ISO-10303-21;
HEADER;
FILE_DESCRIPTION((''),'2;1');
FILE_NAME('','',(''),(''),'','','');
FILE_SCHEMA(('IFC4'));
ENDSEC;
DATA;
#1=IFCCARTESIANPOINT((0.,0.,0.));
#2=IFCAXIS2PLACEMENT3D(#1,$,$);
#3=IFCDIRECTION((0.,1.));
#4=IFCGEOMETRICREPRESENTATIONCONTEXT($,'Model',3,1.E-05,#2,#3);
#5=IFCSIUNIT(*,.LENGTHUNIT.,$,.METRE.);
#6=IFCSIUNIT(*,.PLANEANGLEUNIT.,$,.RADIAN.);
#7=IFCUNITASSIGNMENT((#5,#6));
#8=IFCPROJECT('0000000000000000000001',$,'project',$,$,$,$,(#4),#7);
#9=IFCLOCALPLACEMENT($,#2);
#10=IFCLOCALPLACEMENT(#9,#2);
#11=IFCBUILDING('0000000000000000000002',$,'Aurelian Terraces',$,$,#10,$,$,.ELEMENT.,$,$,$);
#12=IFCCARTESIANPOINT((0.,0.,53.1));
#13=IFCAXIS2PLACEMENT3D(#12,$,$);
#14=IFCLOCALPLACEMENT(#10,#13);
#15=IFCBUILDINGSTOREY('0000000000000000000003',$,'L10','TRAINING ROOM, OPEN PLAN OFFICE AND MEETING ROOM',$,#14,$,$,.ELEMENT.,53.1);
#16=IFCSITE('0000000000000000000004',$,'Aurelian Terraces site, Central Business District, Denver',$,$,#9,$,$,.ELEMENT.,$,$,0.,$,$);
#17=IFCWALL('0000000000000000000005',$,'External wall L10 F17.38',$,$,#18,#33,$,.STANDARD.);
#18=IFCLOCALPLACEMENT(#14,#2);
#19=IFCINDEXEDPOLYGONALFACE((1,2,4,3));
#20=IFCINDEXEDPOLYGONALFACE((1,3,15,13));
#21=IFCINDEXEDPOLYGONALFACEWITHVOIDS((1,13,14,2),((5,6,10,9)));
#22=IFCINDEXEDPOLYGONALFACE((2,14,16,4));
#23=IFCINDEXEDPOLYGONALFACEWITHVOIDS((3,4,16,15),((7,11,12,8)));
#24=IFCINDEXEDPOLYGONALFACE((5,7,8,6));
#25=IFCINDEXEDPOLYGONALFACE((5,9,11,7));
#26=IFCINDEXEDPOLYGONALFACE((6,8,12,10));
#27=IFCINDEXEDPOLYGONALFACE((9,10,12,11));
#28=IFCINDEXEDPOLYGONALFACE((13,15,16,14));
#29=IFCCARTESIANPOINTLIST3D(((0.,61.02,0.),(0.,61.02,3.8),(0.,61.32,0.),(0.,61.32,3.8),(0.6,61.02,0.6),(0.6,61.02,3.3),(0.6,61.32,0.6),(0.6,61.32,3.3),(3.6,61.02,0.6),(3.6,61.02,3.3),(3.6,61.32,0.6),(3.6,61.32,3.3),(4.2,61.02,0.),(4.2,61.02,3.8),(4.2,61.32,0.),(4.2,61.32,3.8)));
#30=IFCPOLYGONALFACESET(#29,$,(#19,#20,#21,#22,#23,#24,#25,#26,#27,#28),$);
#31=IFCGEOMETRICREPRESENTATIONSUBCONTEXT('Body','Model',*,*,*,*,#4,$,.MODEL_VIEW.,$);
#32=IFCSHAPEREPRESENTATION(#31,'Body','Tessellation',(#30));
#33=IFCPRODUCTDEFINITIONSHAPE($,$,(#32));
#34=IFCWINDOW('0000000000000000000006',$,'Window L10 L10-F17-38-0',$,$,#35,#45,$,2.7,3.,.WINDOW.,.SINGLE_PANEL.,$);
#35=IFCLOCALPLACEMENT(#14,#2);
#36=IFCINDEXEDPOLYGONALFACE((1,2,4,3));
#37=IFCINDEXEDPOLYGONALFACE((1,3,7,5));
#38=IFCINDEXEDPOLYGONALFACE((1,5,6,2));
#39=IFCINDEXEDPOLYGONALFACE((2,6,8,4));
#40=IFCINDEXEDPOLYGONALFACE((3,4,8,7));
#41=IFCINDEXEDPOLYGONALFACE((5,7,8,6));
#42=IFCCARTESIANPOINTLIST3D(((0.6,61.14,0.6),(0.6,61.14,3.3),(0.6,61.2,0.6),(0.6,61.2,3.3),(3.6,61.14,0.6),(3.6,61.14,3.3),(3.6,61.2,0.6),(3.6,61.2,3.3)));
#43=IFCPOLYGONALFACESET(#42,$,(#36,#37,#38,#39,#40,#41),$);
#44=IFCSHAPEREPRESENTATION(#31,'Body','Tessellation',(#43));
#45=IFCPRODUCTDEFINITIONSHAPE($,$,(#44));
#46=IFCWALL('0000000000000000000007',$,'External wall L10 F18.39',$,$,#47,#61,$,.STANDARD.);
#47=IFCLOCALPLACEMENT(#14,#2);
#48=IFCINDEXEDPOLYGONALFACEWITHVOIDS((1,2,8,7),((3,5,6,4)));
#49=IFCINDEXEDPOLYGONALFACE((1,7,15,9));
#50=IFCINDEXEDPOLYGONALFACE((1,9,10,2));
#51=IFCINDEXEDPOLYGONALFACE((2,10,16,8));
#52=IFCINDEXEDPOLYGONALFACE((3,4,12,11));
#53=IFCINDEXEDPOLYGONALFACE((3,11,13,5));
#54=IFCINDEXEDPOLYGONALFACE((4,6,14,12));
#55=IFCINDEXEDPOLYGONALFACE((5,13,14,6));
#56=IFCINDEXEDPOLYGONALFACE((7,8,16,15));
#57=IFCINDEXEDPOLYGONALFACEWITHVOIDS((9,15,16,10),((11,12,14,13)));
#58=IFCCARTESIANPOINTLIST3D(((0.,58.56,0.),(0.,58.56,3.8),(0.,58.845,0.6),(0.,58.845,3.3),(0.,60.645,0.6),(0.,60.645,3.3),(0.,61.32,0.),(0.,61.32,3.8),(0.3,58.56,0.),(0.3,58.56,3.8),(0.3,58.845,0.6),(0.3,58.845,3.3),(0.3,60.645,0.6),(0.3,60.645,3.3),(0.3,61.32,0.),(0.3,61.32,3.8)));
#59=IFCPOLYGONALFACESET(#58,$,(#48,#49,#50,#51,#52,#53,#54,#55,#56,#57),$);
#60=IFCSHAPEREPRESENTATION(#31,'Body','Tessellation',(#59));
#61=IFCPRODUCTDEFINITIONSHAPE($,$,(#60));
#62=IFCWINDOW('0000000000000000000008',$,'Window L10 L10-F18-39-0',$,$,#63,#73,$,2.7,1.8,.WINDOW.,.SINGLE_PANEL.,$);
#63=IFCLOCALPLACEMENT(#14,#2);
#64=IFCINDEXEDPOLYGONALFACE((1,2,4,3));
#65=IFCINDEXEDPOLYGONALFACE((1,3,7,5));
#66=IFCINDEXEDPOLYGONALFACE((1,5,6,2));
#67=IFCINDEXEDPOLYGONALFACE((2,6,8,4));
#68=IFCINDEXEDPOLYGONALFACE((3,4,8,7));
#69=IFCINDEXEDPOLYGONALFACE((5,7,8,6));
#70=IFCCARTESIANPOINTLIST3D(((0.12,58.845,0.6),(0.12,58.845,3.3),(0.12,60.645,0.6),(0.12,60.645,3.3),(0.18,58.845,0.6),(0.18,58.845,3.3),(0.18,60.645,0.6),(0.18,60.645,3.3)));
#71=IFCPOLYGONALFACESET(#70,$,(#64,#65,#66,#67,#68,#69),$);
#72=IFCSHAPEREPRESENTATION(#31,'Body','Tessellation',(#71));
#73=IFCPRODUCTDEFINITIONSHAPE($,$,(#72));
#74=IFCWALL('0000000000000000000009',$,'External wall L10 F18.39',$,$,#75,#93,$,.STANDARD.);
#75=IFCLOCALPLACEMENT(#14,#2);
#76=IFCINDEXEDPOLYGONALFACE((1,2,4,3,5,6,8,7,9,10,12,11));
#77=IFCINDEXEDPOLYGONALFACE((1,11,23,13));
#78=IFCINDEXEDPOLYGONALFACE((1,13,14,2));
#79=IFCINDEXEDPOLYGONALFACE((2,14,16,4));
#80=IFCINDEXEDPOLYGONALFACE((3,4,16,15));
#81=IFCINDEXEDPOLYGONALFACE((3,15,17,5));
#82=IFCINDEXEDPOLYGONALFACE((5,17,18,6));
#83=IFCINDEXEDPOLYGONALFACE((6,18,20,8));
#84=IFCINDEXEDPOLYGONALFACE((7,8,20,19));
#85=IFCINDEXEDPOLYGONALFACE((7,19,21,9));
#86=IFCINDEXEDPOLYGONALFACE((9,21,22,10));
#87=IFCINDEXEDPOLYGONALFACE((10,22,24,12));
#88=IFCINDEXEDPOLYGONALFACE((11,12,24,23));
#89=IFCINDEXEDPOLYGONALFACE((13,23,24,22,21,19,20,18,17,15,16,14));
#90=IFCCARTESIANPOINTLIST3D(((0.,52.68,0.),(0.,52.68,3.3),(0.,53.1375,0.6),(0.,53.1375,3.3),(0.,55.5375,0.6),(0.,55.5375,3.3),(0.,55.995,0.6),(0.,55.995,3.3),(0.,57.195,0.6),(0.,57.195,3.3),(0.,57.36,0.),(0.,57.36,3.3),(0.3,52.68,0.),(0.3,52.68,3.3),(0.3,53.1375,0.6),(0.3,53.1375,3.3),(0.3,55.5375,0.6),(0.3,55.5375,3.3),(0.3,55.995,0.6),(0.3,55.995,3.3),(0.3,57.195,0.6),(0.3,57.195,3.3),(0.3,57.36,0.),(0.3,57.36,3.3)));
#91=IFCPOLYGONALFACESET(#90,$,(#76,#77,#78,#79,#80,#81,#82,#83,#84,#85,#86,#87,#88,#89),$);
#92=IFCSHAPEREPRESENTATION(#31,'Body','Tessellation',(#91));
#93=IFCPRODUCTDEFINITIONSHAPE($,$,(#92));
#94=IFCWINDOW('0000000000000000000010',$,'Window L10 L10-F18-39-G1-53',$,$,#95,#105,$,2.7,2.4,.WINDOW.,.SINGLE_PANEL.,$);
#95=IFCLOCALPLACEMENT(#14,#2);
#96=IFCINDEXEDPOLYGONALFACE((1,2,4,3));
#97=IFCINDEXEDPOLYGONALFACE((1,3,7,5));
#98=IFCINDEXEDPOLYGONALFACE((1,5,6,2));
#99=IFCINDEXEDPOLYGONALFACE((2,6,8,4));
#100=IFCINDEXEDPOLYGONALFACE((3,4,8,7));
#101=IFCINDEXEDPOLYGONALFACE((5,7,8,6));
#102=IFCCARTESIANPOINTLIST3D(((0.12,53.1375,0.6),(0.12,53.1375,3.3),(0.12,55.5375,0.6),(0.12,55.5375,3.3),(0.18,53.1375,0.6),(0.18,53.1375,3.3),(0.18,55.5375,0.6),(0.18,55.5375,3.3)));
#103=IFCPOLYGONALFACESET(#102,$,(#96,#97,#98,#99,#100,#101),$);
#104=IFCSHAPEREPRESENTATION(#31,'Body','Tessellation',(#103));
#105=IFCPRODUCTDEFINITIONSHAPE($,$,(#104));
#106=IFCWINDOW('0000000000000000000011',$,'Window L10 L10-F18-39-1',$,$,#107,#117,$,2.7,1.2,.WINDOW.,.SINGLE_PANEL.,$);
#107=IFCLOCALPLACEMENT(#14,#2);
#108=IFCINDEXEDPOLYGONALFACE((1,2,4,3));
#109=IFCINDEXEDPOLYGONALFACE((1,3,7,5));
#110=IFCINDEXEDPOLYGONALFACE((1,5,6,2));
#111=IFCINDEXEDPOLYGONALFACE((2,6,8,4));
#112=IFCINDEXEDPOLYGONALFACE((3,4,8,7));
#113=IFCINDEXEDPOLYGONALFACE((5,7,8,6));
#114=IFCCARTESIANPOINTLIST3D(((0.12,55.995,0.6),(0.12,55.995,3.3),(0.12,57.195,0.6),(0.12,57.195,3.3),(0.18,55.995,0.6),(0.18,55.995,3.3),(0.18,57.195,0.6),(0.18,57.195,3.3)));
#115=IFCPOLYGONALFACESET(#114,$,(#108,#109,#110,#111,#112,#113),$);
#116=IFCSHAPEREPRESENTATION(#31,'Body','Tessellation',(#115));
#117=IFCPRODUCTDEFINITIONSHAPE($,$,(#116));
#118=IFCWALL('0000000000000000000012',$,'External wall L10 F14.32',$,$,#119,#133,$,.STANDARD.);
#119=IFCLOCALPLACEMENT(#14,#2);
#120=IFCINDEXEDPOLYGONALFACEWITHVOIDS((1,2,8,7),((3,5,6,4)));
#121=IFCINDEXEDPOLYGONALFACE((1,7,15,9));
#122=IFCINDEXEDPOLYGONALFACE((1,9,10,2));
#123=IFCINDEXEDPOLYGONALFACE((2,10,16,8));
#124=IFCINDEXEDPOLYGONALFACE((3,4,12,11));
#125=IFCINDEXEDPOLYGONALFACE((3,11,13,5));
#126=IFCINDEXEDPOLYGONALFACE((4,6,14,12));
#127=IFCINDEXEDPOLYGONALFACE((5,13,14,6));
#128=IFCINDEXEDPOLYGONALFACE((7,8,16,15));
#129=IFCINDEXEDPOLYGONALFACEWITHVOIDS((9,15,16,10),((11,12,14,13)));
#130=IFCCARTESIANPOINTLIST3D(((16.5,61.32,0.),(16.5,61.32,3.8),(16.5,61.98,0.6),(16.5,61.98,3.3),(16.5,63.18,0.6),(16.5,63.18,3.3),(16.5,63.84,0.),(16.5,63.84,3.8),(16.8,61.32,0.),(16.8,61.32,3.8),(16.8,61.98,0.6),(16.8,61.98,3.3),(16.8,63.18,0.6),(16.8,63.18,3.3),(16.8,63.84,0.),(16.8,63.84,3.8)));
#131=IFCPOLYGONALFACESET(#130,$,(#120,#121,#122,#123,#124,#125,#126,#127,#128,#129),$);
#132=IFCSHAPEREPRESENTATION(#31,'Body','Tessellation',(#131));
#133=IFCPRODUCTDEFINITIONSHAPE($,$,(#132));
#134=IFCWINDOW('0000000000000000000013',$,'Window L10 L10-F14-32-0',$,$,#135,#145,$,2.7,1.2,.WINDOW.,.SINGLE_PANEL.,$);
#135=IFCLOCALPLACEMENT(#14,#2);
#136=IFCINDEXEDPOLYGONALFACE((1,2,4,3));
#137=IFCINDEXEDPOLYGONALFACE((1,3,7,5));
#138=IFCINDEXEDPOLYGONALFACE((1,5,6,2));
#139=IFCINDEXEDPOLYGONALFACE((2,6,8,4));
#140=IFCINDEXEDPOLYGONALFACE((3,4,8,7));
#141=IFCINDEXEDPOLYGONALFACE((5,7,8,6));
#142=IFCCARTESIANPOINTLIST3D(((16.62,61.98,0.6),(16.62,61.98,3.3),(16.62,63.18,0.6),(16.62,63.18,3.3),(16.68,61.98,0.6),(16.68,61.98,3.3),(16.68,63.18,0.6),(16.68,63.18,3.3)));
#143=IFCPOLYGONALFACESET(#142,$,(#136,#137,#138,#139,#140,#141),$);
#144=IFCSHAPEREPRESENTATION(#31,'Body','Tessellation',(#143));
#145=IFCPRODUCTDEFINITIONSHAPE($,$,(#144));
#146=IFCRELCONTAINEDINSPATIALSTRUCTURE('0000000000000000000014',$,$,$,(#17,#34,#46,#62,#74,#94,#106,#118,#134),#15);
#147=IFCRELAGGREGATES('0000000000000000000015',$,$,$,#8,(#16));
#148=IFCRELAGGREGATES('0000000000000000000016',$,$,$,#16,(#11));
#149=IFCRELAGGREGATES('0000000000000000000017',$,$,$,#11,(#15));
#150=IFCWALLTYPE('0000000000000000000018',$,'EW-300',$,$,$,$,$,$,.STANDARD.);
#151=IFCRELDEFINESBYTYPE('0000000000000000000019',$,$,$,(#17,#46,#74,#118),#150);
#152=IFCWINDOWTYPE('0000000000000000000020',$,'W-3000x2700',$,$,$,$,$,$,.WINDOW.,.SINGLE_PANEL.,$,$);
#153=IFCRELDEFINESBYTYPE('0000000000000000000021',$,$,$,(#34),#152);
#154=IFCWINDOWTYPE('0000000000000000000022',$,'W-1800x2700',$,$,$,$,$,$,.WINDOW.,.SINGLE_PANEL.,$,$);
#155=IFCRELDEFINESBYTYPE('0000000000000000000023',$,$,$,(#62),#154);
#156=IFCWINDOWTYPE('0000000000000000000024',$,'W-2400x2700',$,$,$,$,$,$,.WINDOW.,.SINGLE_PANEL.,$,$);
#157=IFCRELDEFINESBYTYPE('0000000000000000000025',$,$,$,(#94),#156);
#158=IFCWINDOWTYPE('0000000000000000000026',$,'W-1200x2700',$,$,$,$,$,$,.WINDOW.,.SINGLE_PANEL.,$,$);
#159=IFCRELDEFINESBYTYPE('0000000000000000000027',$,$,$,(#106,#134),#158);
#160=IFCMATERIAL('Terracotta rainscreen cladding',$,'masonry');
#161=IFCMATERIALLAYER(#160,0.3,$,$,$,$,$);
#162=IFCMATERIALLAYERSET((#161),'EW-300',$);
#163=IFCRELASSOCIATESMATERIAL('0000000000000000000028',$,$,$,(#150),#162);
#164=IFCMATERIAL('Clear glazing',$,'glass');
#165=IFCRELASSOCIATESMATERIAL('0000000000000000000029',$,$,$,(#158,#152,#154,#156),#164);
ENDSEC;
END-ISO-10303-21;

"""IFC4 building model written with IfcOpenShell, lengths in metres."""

from ifc_helpers import new_model, si_unit, direction, frame, frame_2d, origin, place, context, subcontext, project, spatial, rectangle, extrude, source, transform, mapped, material, layer, layer_set, type_object, element, fill, save


model = new_model("IFC4")

# Units and contexts
model_context = context("Model", 3, precision=1e-05, world=origin(), true_north=direction((0.0, 1.0)))
body_context = subcontext(model_context, "Body", "Model", "MODEL_VIEW")
ifc_project = project(units=[si_unit("LENGTHUNIT", "METRE"), si_unit("PLANEANGLEUNIT", "RADIAN")], contexts=[model_context])

# Site, building, storey
site_placement = place(None, origin())
site = spatial("IfcSite", under=ifc_project, at=site_placement, Name="Aurelian Terraces site, Central Business District, Denver", CompositionType="ELEMENT", RefElevation=0.0)
building_placement = place(site_placement, origin())
building = spatial("IfcBuilding", under=site, at=building_placement, Name="Aurelian Terraces", CompositionType="ELEMENT")
storey_placement = place(building_placement, frame((0.0, 0.0, 53.1)))
storey = spatial("IfcBuildingStorey", under=building, at=storey_placement, Name="L10", Description="TRAINING ROOM, OPEN PLAN OFFICE AND MEETING ROOM", CompositionType="ELEMENT", Elevation=53.1)

# Shared definitions
ifc_material_1 = material(Name="Terracotta rainscreen cladding", Category="masonry")
ifc_layer_1 = layer(ifc_material_1, 0.3)
ifc_layer_set_1 = layer_set([ifc_layer_1], Name="EW-300")
wall_type_1 = type_object("IfcWallType", Name="EW-300", PredefinedType="STANDARD", material=ifc_layer_set_1)

# Walls, openings, windows
shared_shape_1 = source(origin(), body_context, "Body", "SweptSolid", [
    extrude(rectangle(XDim=1.2, YDim=2.7, at=frame_2d((0.6, 1.35))), frame((0.0, 0.16, 0.0), z_axis=(0.0, -1.0, 0.0), x_axis=(1.0, 0.0, 0.0)), (0.0, 0.0, 1.0), 0.32),
])
ifc_material_2 = material(Name="Clear glazing", Category="glass")
window_type_1 = type_object("IfcWindowType", Name="W-1200x2700", PartitioningType="SINGLE_PANEL", PredefinedType="WINDOW", material=ifc_material_2)
shared_shape_2 = source(origin(), body_context, "Body", "SweptSolid", [
    extrude(rectangle(XDim=1.2, YDim=2.7, at=frame_2d((0.6, 1.35))), frame((0.0, 0.03, 0.0), z_axis=(0.0, -1.0, 0.0), x_axis=(1.0, 0.0, 0.0)), (0.0, 0.0, 1.0), 0.06),
])
shared_shape_3 = source(origin(), body_context, "Body", "SweptSolid", [
    extrude(rectangle(XDim=4.2, YDim=0.3, at=frame_2d((2.1, 0.0))), origin(), (0.0, 0.0, 1.0), 3.8),
])
wall_1_placement = place(storey_placement, frame((4.2, 61.17, 0.0), z_axis=(0.0, 0.0, 1.0), x_axis=(-1.0, 0.0, 0.0)))
wall_1 = element("IfcWall", 1, at=wall_1_placement, inside=storey, type_object=wall_type_1, Name="External wall L10 F17.38", PredefinedType="STANDARD", context=body_context, shape_type="MappedRepresentation", body=[
    mapped(shared_shape_3, transform((0.0, 0.0, 0.0), scale=1.0)),
])
shared_shape_4 = source(origin(), body_context, "Body", "SweptSolid", [
    extrude(rectangle(XDim=3.0, YDim=2.7, at=frame_2d((1.5, 1.35))), frame((0.0, 0.16, 0.0), z_axis=(0.0, -1.0, 0.0), x_axis=(1.0, 0.0, 0.0)), (0.0, 0.0, 1.0), 0.32),
])
opening_1_placement = place(wall_1_placement, frame((0.6, 0.0, 0.6)))
opening_1 = element("IfcOpeningElement", 2, at=opening_1_placement, cuts=wall_1, PredefinedType="OPENING", context=body_context, shape_type="MappedRepresentation", body=[
    mapped(shared_shape_4, transform((0.0, 0.0, 0.0), scale=1.0)),
])
window_type_2 = type_object("IfcWindowType", Name="W-3000x2700", PartitioningType="SINGLE_PANEL", PredefinedType="WINDOW", material=ifc_material_2)
shared_shape_5 = source(origin(), body_context, "Body", "SweptSolid", [
    extrude(rectangle(XDim=3.0, YDim=2.7, at=frame_2d((1.5, 1.35))), frame((0.0, 0.03, 0.0), z_axis=(0.0, -1.0, 0.0), x_axis=(1.0, 0.0, 0.0)), (0.0, 0.0, 1.0), 0.06),
])
window_1_placement = place(opening_1_placement, origin())
window_1 = element("IfcWindow", 3, at=window_1_placement, inside=storey, type_object=window_type_2, Name="Window L10 L10-F17-38-0", OverallHeight=2.7, OverallWidth=3.0, PartitioningType="SINGLE_PANEL", PredefinedType="WINDOW", context=body_context, shape_type="MappedRepresentation", body=[
    mapped(shared_shape_5, transform((0.0, 0.0, 0.0), scale=1.0)),
])
fill(opening_1, window_1)
shared_shape_6 = source(origin(), body_context, "Body", "SweptSolid", [
    extrude(rectangle(XDim=2.76, YDim=0.3, at=frame_2d((1.38, 0.0))), origin(), (0.0, 0.0, 1.0), 3.8),
])
wall_2_placement = place(storey_placement, frame((0.15, 61.32, 0.0), z_axis=(0.0, 0.0, 1.0), x_axis=(0.0, -1.0, 0.0)))
wall_2 = element("IfcWall", 4, at=wall_2_placement, inside=storey, type_object=wall_type_1, Name="External wall L10 F18.39", PredefinedType="STANDARD", context=body_context, shape_type="MappedRepresentation", body=[
    mapped(shared_shape_6, transform((0.0, 0.0, 0.0), scale=1.0)),
])
shared_shape_7 = source(origin(), body_context, "Body", "SweptSolid", [
    extrude(rectangle(XDim=1.8, YDim=2.7, at=frame_2d((0.9, 1.35))), frame((0.0, 0.16, 0.0), z_axis=(0.0, -1.0, 0.0), x_axis=(1.0, 0.0, 0.0)), (0.0, 0.0, 1.0), 0.32),
])
opening_2_placement = place(wall_2_placement, frame((0.675, 0.0, 0.6)))
opening_2 = element("IfcOpeningElement", 5, at=opening_2_placement, cuts=wall_2, PredefinedType="OPENING", context=body_context, shape_type="MappedRepresentation", body=[
    mapped(shared_shape_7, transform((0.0, 0.0, 0.0), scale=1.0)),
])
window_type_3 = type_object("IfcWindowType", Name="W-1800x2700", PartitioningType="SINGLE_PANEL", PredefinedType="WINDOW", material=ifc_material_2)
shared_shape_8 = source(origin(), body_context, "Body", "SweptSolid", [
    extrude(rectangle(XDim=1.8, YDim=2.7, at=frame_2d((0.9, 1.35))), frame((0.0, 0.03, 0.0), z_axis=(0.0, -1.0, 0.0), x_axis=(1.0, 0.0, 0.0)), (0.0, 0.0, 1.0), 0.06),
])
window_2_placement = place(opening_2_placement, origin())
window_2 = element("IfcWindow", 6, at=window_2_placement, inside=storey, type_object=window_type_3, Name="Window L10 L10-F18-39-0", OverallHeight=2.7, OverallWidth=1.8, PartitioningType="SINGLE_PANEL", PredefinedType="WINDOW", context=body_context, shape_type="MappedRepresentation", body=[
    mapped(shared_shape_8, transform((0.0, 0.0, 0.0), scale=1.0)),
])
fill(opening_2, window_2)

# Wall, openings, windows
shared_shape_9 = source(origin(), body_context, "Body", "SweptSolid", [
    extrude(rectangle(XDim=4.68, YDim=0.3, at=frame_2d((2.34, 0.0))), origin(), (0.0, 0.0, 1.0), 3.3),
])
wall_3_placement = place(storey_placement, frame((0.15, 57.36, 0.0), z_axis=(0.0, 0.0, 1.0), x_axis=(0.0, -1.0, 0.0)))
wall_3 = element("IfcWall", 7, at=wall_3_placement, inside=storey, type_object=wall_type_1, Name="External wall L10 F18.39", PredefinedType="STANDARD", context=body_context, shape_type="MappedRepresentation", body=[
    mapped(shared_shape_9, transform((0.0, 0.0, 0.0), scale=1.0)),
])
opening_3_placement = place(wall_3_placement, frame((0.165, 0.0, 0.6)))
opening_3 = element("IfcOpeningElement", 8, at=opening_3_placement, cuts=wall_3, PredefinedType="OPENING", context=body_context, shape_type="MappedRepresentation", body=[
    mapped(shared_shape_1, transform((0.0, 0.0, 0.0), scale=1.0)),
])
shared_shape_10 = source(origin(), body_context, "Body", "SweptSolid", [
    extrude(rectangle(XDim=2.4, YDim=2.7, at=frame_2d((1.2, 1.35))), frame((0.0, 0.16, 0.0), z_axis=(0.0, -1.0, 0.0), x_axis=(1.0, 0.0, 0.0)), (0.0, 0.0, 1.0), 0.32),
])
opening_4_placement = place(wall_3_placement, frame((1.8225, 0.0, 0.6)))
opening_4 = element("IfcOpeningElement", 9, at=opening_4_placement, cuts=wall_3, PredefinedType="OPENING", context=body_context, shape_type="MappedRepresentation", body=[
    mapped(shared_shape_10, transform((0.0, 0.0, 0.0), scale=1.0)),
])
window_type_4 = type_object("IfcWindowType", Name="W-2400x2700", PartitioningType="SINGLE_PANEL", PredefinedType="WINDOW", material=ifc_material_2)
shared_shape_11 = source(origin(), body_context, "Body", "SweptSolid", [
    extrude(rectangle(XDim=2.4, YDim=2.7, at=frame_2d((1.2, 1.35))), frame((0.0, 0.03, 0.0), z_axis=(0.0, -1.0, 0.0), x_axis=(1.0, 0.0, 0.0)), (0.0, 0.0, 1.0), 0.06),
])
window_3_placement = place(opening_4_placement, origin())
window_3 = element("IfcWindow", 10, at=window_3_placement, inside=storey, type_object=window_type_4, Name="Window L10 L10-F18-39-G1-53", OverallHeight=2.7, OverallWidth=2.4, PartitioningType="SINGLE_PANEL", PredefinedType="WINDOW", context=body_context, shape_type="MappedRepresentation", body=[
    mapped(shared_shape_11, transform((0.0, 0.0, 0.0), scale=1.0)),
])
fill(opening_4, window_3)
window_4_placement = place(opening_3_placement, origin())
window_4 = element("IfcWindow", 11, at=window_4_placement, inside=storey, type_object=window_type_1, Name="Window L10 L10-F18-39-1", OverallHeight=2.7, OverallWidth=1.2, PartitioningType="SINGLE_PANEL", PredefinedType="WINDOW", context=body_context, shape_type="MappedRepresentation", body=[
    mapped(shared_shape_2, transform((0.0, 0.0, 0.0), scale=1.0)),
])
fill(opening_3, window_4)

# Wall, opening, window
shared_shape_12 = source(origin(), body_context, "Body", "SweptSolid", [
    extrude(rectangle(XDim=2.52, YDim=0.3, at=frame_2d((1.26, 0.0))), origin(), (0.0, 0.0, 1.0), 3.8),
])
wall_4_placement = place(storey_placement, frame((16.65, 61.32, 0.0), z_axis=(0.0, 0.0, 1.0), x_axis=(0.0, 1.0, 0.0)))
wall_4 = element("IfcWall", 12, at=wall_4_placement, inside=storey, type_object=wall_type_1, Name="External wall L10 F14.32", PredefinedType="STANDARD", context=body_context, shape_type="MappedRepresentation", body=[
    mapped(shared_shape_12, transform((0.0, 0.0, 0.0), scale=1.0)),
])
opening_5_placement = place(wall_4_placement, frame((0.66, 0.0, 0.6)))
opening_5 = element("IfcOpeningElement", 13, at=opening_5_placement, cuts=wall_4, PredefinedType="OPENING", context=body_context, shape_type="MappedRepresentation", body=[
    mapped(shared_shape_1, transform((0.0, 0.0, 0.0), scale=1.0)),
])
window_5_placement = place(opening_5_placement, origin())
window_5 = element("IfcWindow", 14, at=window_5_placement, inside=storey, type_object=window_type_1, Name="Window L10 L10-F14-32-0", OverallHeight=2.7, OverallWidth=1.2, PartitioningType="SINGLE_PANEL", PredefinedType="WINDOW", context=body_context, shape_type="MappedRepresentation", body=[
    mapped(shared_shape_2, transform((0.0, 0.0, 0.0), scale=1.0)),
])
fill(opening_5, window_5)

save(model, "model.ifc")
